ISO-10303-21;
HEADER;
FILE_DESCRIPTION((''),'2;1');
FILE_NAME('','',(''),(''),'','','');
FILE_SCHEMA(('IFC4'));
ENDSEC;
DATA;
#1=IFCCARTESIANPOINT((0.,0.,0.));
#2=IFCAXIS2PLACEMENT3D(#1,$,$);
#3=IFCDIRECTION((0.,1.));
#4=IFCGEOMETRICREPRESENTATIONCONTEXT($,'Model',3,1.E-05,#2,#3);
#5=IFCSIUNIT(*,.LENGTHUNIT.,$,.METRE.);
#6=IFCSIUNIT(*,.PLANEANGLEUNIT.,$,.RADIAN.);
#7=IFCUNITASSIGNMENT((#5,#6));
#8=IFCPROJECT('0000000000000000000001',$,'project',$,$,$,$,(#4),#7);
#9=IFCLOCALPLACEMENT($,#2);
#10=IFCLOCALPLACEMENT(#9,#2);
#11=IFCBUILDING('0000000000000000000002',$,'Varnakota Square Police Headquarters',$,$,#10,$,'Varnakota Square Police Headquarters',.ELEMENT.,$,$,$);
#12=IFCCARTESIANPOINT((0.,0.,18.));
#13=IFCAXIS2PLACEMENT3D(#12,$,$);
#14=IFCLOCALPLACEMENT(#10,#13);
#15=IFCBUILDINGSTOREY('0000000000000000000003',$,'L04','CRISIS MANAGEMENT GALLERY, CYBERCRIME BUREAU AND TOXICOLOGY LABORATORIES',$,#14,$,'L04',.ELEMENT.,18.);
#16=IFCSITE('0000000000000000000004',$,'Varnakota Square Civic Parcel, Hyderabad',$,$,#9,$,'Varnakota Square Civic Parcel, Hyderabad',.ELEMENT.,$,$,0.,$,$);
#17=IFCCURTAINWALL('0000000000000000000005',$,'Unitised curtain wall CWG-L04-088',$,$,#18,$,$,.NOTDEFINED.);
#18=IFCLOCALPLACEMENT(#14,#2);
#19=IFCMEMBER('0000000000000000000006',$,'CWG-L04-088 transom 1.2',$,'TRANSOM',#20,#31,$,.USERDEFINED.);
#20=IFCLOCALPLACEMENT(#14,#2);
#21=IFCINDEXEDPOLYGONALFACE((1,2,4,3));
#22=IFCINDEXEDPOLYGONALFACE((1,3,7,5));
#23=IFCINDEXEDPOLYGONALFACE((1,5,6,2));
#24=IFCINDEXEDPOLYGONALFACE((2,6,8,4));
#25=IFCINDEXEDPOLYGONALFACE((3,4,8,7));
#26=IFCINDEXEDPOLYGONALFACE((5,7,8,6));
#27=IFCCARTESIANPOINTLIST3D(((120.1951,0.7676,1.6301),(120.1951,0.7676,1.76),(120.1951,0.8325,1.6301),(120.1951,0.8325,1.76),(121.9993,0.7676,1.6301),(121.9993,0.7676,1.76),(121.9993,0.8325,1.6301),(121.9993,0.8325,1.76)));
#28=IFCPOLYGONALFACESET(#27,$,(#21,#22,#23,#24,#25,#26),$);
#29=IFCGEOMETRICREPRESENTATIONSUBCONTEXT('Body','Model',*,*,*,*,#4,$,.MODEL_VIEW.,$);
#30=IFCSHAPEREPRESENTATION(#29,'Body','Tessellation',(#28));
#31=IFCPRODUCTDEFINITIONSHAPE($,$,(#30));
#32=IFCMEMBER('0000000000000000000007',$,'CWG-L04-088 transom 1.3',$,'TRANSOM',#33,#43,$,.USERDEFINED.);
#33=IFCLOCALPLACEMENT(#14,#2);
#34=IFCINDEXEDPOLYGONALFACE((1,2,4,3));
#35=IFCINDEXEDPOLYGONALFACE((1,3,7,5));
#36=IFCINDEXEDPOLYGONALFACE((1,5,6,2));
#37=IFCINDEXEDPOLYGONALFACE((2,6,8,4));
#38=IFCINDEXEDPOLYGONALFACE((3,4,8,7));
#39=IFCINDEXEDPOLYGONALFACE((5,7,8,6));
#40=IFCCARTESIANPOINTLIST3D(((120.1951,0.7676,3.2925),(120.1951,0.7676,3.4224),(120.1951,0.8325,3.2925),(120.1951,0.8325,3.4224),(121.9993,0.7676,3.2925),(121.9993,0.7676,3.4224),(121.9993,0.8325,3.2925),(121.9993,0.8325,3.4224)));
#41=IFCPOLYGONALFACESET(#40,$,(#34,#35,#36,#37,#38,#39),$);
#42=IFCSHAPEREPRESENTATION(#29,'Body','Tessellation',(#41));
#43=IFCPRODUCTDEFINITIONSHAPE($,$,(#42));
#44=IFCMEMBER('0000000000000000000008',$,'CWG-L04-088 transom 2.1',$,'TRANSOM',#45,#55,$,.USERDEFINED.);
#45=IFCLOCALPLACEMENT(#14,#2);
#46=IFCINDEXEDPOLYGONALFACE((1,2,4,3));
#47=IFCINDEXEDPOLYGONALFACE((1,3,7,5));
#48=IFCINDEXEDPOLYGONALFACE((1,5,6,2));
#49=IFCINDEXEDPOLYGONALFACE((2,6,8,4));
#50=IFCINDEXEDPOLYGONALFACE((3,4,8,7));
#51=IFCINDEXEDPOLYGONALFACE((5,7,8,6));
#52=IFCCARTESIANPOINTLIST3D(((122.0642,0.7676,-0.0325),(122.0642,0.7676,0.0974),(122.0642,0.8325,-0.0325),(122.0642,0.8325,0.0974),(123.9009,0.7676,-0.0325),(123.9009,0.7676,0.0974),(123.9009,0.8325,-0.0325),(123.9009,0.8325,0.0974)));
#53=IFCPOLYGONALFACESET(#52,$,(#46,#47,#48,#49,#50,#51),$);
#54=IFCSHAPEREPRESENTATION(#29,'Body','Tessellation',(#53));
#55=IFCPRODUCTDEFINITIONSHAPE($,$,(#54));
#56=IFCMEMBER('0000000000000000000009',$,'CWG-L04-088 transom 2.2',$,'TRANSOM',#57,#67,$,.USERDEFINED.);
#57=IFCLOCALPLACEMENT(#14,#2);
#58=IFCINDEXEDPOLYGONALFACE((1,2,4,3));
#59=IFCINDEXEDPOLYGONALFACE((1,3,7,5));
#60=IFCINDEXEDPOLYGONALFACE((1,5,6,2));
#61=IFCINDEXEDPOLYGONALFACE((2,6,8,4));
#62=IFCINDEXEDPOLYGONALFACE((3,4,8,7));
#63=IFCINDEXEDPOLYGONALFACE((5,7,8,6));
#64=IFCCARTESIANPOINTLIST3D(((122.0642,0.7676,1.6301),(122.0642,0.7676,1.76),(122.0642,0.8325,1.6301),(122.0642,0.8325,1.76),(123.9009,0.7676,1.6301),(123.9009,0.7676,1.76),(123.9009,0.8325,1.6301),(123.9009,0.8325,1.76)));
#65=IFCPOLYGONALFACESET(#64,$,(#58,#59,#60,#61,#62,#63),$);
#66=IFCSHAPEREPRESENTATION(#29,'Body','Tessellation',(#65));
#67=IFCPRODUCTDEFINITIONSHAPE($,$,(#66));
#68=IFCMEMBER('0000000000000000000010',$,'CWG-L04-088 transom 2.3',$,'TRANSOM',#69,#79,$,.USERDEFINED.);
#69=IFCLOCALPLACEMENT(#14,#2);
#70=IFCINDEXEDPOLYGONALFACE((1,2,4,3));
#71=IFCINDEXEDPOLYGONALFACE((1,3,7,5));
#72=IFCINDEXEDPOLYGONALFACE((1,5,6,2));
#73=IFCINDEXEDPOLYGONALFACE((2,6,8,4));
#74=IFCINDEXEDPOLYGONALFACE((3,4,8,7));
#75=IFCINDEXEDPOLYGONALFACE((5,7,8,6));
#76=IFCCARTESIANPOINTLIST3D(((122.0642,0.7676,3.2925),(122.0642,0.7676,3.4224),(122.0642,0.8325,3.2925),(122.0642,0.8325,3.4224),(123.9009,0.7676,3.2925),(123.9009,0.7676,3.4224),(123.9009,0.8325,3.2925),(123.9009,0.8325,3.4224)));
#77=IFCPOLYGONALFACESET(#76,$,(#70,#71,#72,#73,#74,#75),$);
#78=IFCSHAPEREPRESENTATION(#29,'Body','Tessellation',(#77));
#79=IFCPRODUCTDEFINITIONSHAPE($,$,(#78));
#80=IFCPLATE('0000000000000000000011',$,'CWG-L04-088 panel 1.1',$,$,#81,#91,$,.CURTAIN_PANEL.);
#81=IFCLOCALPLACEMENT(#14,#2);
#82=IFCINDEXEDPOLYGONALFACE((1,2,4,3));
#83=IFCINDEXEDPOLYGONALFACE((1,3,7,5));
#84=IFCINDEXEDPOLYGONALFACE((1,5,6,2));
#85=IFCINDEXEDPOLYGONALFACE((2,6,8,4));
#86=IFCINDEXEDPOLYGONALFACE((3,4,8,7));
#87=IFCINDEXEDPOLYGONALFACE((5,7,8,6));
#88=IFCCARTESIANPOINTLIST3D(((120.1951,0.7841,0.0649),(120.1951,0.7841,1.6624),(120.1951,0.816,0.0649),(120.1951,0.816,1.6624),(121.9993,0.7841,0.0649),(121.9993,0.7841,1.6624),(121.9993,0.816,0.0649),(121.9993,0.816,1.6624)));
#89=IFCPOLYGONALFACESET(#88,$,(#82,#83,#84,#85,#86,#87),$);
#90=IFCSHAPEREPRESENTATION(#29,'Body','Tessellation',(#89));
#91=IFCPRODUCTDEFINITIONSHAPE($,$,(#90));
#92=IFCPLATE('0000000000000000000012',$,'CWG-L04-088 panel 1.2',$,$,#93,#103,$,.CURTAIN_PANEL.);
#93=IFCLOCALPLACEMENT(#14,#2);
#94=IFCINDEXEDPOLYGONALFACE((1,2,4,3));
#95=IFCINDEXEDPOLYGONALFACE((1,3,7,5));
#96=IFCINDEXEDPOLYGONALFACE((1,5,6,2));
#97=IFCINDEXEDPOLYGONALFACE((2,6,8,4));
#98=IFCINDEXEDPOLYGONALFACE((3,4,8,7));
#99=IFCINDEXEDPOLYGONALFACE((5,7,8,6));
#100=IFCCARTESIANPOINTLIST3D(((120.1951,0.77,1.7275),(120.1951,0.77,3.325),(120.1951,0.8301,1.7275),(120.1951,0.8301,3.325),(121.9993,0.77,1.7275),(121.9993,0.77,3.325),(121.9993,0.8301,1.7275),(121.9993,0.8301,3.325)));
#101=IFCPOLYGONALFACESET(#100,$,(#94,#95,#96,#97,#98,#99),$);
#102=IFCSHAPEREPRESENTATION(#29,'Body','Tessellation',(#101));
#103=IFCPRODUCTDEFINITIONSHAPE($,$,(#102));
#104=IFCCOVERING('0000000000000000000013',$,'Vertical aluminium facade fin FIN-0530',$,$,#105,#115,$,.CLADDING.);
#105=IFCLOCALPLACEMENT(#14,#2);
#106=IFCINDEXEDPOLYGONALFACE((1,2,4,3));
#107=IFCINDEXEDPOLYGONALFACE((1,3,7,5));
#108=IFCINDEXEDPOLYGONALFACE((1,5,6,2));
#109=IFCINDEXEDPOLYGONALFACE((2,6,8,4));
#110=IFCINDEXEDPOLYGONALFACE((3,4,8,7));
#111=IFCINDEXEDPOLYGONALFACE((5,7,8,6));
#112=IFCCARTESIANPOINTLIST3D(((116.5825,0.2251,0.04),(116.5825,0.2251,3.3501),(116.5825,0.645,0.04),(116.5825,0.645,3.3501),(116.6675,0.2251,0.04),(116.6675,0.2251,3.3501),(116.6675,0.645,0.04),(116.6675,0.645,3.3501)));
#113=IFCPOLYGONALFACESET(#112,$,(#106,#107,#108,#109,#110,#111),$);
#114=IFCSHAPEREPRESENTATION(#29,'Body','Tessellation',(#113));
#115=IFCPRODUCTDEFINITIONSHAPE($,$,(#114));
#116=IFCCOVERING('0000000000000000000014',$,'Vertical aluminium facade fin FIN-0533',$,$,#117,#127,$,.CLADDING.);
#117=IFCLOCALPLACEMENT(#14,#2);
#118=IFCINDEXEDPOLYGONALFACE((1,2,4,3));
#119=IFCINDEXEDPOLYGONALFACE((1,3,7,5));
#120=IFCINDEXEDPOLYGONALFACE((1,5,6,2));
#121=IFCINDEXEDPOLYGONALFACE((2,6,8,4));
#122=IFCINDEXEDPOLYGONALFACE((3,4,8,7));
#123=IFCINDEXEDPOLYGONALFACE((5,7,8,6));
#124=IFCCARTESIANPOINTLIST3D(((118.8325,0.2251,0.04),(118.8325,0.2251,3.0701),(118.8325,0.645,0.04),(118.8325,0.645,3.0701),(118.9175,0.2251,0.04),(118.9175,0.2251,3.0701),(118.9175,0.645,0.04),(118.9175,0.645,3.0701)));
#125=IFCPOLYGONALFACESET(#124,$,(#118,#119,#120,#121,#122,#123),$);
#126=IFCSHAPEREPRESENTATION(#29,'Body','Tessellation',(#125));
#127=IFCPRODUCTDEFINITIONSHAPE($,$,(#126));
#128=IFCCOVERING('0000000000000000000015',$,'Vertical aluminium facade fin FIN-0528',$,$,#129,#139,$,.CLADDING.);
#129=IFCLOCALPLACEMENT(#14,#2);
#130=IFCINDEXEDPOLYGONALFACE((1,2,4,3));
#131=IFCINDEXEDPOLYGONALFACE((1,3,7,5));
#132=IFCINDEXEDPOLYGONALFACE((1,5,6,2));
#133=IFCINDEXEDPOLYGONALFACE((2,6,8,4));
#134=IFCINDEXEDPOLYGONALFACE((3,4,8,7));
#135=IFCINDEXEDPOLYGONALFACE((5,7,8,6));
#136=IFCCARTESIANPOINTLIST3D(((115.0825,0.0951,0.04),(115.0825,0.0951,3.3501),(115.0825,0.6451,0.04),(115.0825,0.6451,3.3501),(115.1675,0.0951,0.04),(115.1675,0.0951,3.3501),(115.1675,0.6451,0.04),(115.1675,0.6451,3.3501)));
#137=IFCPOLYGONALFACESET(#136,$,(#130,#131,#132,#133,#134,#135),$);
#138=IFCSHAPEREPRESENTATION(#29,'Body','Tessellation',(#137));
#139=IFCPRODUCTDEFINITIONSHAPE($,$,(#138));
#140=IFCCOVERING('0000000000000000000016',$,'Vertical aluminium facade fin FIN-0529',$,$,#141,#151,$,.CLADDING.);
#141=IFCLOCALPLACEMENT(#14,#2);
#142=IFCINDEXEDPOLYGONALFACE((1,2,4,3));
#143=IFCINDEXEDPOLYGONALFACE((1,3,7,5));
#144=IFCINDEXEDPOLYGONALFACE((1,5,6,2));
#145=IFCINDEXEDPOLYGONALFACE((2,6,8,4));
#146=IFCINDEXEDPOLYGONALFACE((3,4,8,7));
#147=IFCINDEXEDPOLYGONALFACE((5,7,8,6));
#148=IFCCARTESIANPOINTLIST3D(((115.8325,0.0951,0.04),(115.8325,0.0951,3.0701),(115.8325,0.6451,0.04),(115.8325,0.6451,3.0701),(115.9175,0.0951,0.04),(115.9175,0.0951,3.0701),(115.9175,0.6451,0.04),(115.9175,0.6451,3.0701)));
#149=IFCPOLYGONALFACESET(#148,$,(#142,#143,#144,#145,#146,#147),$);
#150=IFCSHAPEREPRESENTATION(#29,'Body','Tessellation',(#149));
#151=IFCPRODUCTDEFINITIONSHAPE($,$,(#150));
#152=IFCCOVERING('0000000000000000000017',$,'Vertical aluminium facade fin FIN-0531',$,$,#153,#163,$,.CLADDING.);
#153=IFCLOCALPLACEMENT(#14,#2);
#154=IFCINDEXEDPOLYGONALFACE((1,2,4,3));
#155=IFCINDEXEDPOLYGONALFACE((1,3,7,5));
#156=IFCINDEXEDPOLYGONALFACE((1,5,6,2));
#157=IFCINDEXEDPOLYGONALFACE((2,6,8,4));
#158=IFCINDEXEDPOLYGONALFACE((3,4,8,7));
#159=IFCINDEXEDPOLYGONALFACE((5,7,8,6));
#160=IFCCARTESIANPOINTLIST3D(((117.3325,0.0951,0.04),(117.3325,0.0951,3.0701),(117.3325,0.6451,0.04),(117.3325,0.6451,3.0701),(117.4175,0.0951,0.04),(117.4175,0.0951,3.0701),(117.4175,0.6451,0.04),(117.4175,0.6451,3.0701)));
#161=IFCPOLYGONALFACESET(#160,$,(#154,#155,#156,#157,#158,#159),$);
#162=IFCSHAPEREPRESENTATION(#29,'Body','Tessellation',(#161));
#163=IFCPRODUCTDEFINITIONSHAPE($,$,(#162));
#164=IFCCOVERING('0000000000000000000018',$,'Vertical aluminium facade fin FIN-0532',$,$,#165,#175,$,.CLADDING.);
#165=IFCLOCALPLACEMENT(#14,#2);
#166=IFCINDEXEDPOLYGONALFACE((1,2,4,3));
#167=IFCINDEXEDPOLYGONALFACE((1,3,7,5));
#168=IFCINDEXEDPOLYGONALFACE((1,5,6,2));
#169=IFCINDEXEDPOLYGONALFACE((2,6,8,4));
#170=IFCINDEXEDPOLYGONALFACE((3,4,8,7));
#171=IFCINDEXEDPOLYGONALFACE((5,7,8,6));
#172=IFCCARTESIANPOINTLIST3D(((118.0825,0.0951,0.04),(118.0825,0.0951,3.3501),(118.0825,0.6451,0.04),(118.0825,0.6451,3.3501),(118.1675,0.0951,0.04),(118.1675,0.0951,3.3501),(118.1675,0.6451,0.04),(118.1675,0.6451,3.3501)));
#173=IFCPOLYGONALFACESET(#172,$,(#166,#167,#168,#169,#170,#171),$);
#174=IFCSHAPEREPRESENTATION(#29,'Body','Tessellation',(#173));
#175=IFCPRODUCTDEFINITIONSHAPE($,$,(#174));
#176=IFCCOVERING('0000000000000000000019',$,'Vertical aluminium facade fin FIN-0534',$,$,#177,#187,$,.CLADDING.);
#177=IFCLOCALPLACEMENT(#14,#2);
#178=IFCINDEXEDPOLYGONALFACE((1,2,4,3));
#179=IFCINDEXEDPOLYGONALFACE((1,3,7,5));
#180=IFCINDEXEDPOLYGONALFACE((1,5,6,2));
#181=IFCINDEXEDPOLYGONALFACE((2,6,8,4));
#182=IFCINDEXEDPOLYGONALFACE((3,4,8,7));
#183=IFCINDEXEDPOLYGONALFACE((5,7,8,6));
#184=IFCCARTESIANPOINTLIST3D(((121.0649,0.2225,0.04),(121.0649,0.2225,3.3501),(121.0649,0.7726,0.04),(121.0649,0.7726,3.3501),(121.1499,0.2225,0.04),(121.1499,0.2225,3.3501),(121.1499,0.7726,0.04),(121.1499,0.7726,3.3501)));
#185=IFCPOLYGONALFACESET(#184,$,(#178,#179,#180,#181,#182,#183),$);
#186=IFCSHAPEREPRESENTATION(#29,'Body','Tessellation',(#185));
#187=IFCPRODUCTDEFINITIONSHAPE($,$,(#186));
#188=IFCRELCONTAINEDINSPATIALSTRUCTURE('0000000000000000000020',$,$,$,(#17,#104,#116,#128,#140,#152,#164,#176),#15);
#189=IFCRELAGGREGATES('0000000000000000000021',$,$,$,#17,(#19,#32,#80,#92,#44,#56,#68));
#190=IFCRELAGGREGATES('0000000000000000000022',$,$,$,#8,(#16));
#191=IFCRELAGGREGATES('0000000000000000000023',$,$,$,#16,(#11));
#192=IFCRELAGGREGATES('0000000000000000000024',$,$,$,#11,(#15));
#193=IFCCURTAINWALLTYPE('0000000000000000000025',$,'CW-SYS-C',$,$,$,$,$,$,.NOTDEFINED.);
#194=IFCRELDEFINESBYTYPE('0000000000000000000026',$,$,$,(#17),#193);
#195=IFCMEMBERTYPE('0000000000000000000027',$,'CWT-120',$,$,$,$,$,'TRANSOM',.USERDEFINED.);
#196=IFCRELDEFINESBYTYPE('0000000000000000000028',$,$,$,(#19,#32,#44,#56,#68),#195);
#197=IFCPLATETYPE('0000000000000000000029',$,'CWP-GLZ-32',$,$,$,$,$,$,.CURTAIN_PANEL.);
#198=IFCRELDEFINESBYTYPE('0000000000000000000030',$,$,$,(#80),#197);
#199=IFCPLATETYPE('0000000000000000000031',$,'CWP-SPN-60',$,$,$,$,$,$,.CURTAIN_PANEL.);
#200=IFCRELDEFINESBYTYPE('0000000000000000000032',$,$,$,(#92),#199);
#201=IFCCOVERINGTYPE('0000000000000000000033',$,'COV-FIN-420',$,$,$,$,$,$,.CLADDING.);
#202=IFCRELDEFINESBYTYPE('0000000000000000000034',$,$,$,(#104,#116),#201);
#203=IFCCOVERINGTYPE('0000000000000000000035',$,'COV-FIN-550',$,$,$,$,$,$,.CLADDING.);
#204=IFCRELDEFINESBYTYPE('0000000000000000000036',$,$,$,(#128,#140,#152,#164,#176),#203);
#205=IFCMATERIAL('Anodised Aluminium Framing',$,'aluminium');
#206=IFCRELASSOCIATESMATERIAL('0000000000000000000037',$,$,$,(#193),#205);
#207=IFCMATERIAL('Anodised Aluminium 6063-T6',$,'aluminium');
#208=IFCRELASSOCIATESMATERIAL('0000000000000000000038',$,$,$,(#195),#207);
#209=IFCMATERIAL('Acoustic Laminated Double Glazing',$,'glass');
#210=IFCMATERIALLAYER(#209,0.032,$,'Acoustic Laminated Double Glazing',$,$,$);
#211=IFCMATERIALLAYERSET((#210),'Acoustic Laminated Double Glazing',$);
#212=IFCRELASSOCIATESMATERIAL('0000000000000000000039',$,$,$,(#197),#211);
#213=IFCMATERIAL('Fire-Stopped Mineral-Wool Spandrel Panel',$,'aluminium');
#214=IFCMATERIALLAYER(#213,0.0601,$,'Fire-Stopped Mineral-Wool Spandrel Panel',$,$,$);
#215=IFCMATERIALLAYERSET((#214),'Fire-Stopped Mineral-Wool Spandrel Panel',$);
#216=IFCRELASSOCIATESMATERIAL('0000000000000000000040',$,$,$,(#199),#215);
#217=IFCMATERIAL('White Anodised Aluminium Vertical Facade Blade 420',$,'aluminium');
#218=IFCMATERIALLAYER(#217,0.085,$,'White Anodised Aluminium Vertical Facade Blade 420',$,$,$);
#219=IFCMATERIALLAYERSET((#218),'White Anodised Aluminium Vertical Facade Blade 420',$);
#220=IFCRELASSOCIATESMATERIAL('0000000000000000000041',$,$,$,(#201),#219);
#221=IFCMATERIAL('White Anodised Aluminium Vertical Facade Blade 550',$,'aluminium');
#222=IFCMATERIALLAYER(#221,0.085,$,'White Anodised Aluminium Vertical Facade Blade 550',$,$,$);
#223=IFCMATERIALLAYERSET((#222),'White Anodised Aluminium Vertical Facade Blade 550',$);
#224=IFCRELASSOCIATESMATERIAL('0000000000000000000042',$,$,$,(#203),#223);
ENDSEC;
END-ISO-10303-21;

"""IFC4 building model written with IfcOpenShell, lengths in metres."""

from ifc_helpers import new_model, si_unit, direction, frame, origin, origin_2d, place, context, subcontext, project, spatial, rectangle, extrude, material, layer, layer_set, material_profile, profile_set, type_object, element, aggregate, save


model = new_model("IFC4")

# Units and contexts
model_context = context("Model", 3, precision=1e-05, world=origin(), true_north=direction((0.0, 1.0)))
body_context = subcontext(model_context, "Body", "Model", "MODEL_VIEW")
ifc_project = project(units=[si_unit("LENGTHUNIT", "METRE"), si_unit("PLANEANGLEUNIT", "RADIAN")], contexts=[model_context])

# Site, building, storey
site_placement = place(None, origin())
site = spatial("IfcSite", under=ifc_project, at=site_placement, Name="Varnakota Square Civic Parcel, Hyderabad", LongName="Varnakota Square Civic Parcel, Hyderabad", CompositionType="ELEMENT", RefElevation=0.0)
building_placement = place(site_placement, origin())
building = spatial("IfcBuilding", under=site, at=building_placement, Name="Varnakota Square Police Headquarters", LongName="Varnakota Square Police Headquarters", CompositionType="ELEMENT")
storey_placement = place(building_placement, frame((0.0, 0.0, 18.0)))
storey = spatial("IfcBuildingStorey", under=building, at=storey_placement, Name="L04", Description="CRISIS MANAGEMENT GALLERY, CYBERCRIME BUREAU AND TOXICOLOGY LABORATORIES", LongName="L04", CompositionType="ELEMENT", Elevation=18.0)

# Curtain wall, members, plates
ifc_material_1 = material(Name="Anodised Aluminium Framing", Category="aluminium")
curtain_wall_type = type_object("IfcCurtainWallType", Name="CW-SYS-C", PredefinedType="NOTDEFINED", material=ifc_material_1)
curtain_wall_placement = place(storey_placement, origin())
curtain_wall = element("IfcCurtainWall", 1, at=curtain_wall_placement, inside=storey, type_object=curtain_wall_type, Name="Unitised curtain wall CWG-L04-088", PredefinedType="NOTDEFINED")
ifc_material_2 = material(Name="Anodised Aluminium 6063-T6", Category="aluminium")
ifc_material_profile_1 = material_profile(ifc_material_2, rectangle(XDim=0.0649, YDim=0.1299, at=origin_2d()), Name="ALU TRANSOM 65x130")
ifc_profile_set_1 = profile_set([ifc_material_profile_1], Name="Anodised Aluminium 6063-T6")
member_type_1 = type_object("IfcMemberType", Name="CWT-120", ElementType="TRANSOM", PredefinedType="USERDEFINED", material=ifc_profile_set_1)
member_1_placement = place(storey_placement, frame((120.1951, 0.8, 1.6951), z_axis=(1.0, 0.0, 0.0), x_axis=(0.0, 1.0, 0.0)))
member_1 = element("IfcMember", 2, at=member_1_placement, type_object=member_type_1, Name="CWG-L04-088 transom 1.2", ObjectType="TRANSOM", PredefinedType="USERDEFINED", context=body_context, shape_type="SweptSolid", body=[
    extrude(rectangle(XDim=0.0649, YDim=0.1299, at=origin_2d()), origin(), (0.0, 0.0, 1.0), 1.8042),
])
member_2_placement = place(storey_placement, frame((120.1951, 0.8, 3.3574), z_axis=(1.0, 0.0, 0.0), x_axis=(0.0, 1.0, 0.0)))
member_2 = element("IfcMember", 3, at=member_2_placement, type_object=member_type_1, Name="CWG-L04-088 transom 1.3", ObjectType="TRANSOM", PredefinedType="USERDEFINED", context=body_context, shape_type="SweptSolid", body=[
    extrude(rectangle(XDim=0.0649, YDim=0.1299, at=origin_2d()), origin(), (0.0, 0.0, 1.0), 1.8042),
])
member_3_placement = place(storey_placement, frame((122.0642, 0.8, 0.0325), z_axis=(1.0, 0.0, 0.0), x_axis=(0.0, 1.0, 0.0)))
member_3 = element("IfcMember", 4, at=member_3_placement, type_object=member_type_1, Name="CWG-L04-088 transom 2.1", ObjectType="TRANSOM", PredefinedType="USERDEFINED", context=body_context, shape_type="SweptSolid", body=[
    extrude(rectangle(XDim=0.0649, YDim=0.1299, at=origin_2d()), origin(), (0.0, 0.0, 1.0), 1.8367),
])
member_4_placement = place(storey_placement, frame((122.0642, 0.8, 1.6951), z_axis=(1.0, 0.0, 0.0), x_axis=(0.0, 1.0, 0.0)))
member_4 = element("IfcMember", 5, at=member_4_placement, type_object=member_type_1, Name="CWG-L04-088 transom 2.2", ObjectType="TRANSOM", PredefinedType="USERDEFINED", context=body_context, shape_type="SweptSolid", body=[
    extrude(rectangle(XDim=0.0649, YDim=0.1299, at=origin_2d()), origin(), (0.0, 0.0, 1.0), 1.8367),
])
member_5_placement = place(storey_placement, frame((122.0642, 0.8, 3.3574), z_axis=(1.0, 0.0, 0.0), x_axis=(0.0, 1.0, 0.0)))
member_5 = element("IfcMember", 6, at=member_5_placement, type_object=member_type_1, Name="CWG-L04-088 transom 2.3", ObjectType="TRANSOM", PredefinedType="USERDEFINED", context=body_context, shape_type="SweptSolid", body=[
    extrude(rectangle(XDim=0.0649, YDim=0.1299, at=origin_2d()), origin(), (0.0, 0.0, 1.0), 1.8367),
])
ifc_material_3 = material(Name="Acoustic Laminated Double Glazing", Category="glass")
ifc_layer_1 = layer(ifc_material_3, 0.032, Name="Acoustic Laminated Double Glazing")
ifc_layer_set_1 = layer_set([ifc_layer_1], Name="Acoustic Laminated Double Glazing")
plate_type_1 = type_object("IfcPlateType", Name="CWP-GLZ-32", PredefinedType="CURTAIN_PANEL", material=ifc_layer_set_1)
plate_1_placement = place(storey_placement, frame((121.0972, 0.8, 0.0649), z_axis=(0.0, 0.0, 1.0), x_axis=(1.0, 0.0, 0.0)))
plate_1 = element("IfcPlate", 7, at=plate_1_placement, type_object=plate_type_1, Name="CWG-L04-088 panel 1.1", PredefinedType="CURTAIN_PANEL", context=body_context, shape_type="SweptSolid", body=[
    extrude(rectangle(XDim=1.8042, YDim=0.032, at=origin_2d()), origin(), (0.0, 0.0, 1.0), 1.5974),
])
ifc_material_4 = material(Name="Fire-Stopped Mineral-Wool Spandrel Panel", Category="aluminium")
ifc_layer_2 = layer(ifc_material_4, 0.0601, Name="Fire-Stopped Mineral-Wool Spandrel Panel")
ifc_layer_set_2 = layer_set([ifc_layer_2], Name="Fire-Stopped Mineral-Wool Spandrel Panel")
plate_type_2 = type_object("IfcPlateType", Name="CWP-SPN-60", PredefinedType="CURTAIN_PANEL", material=ifc_layer_set_2)
plate_2_placement = place(storey_placement, frame((121.0972, 0.8, 1.7275), z_axis=(0.0, 0.0, 1.0), x_axis=(1.0, 0.0, 0.0)))
plate_2 = element("IfcPlate", 8, at=plate_2_placement, type_object=plate_type_2, Name="CWG-L04-088 panel 1.2", PredefinedType="CURTAIN_PANEL", context=body_context, shape_type="SweptSolid", body=[
    extrude(rectangle(XDim=1.8042, YDim=0.0601, at=origin_2d()), origin(), (0.0, 0.0, 1.0), 1.5974),
])
aggregate(curtain_wall, [member_1, member_2, plate_1, plate_2, member_3, member_4, member_5])

# Coverings
ifc_material_5 = material(Name="White Anodised Aluminium Vertical Facade Blade 420", Category="aluminium")
ifc_layer_3 = layer(ifc_material_5, 0.085, Name="White Anodised Aluminium Vertical Facade Blade 420")
ifc_layer_set_3 = layer_set([ifc_layer_3], Name="White Anodised Aluminium Vertical Facade Blade 420")
covering_type_1 = type_object("IfcCoveringType", Name="COV-FIN-420", PredefinedType="CLADDING", material=ifc_layer_set_3)
covering_1_placement = place(storey_placement, frame((116.625, 0.4351, 0.04), z_axis=(0.0, 0.0, 1.0), x_axis=(1.0, 0.0, 0.0)))
element("IfcCovering", 9, at=covering_1_placement, inside=storey, type_object=covering_type_1, Name="Vertical aluminium facade fin FIN-0530", PredefinedType="CLADDING", context=body_context, shape_type="SweptSolid", body=[
    extrude(rectangle(XDim=0.085, YDim=0.4199, at=origin_2d()), origin(), (0.0, 0.0, 1.0), 3.3101),
])
covering_2_placement = place(storey_placement, frame((118.875, 0.4351, 0.04), z_axis=(0.0, 0.0, 1.0), x_axis=(1.0, 0.0, 0.0)))
element("IfcCovering", 10, at=covering_2_placement, inside=storey, type_object=covering_type_1, Name="Vertical aluminium facade fin FIN-0533", PredefinedType="CLADDING", context=body_context, shape_type="SweptSolid", body=[
    extrude(rectangle(XDim=0.085, YDim=0.4199, at=origin_2d()), origin(), (0.0, 0.0, 1.0), 3.03),
])
ifc_material_6 = material(Name="White Anodised Aluminium Vertical Facade Blade 550", Category="aluminium")
ifc_layer_4 = layer(ifc_material_6, 0.085, Name="White Anodised Aluminium Vertical Facade Blade 550")
ifc_layer_set_4 = layer_set([ifc_layer_4], Name="White Anodised Aluminium Vertical Facade Blade 550")
covering_type_2 = type_object("IfcCoveringType", Name="COV-FIN-550", PredefinedType="CLADDING", material=ifc_layer_set_4)
covering_3_placement = place(storey_placement, frame((115.125, 0.3701, 0.04), z_axis=(0.0, 0.0, 1.0), x_axis=(1.0, 0.0, 0.0)))
element("IfcCovering", 11, at=covering_3_placement, inside=storey, type_object=covering_type_2, Name="Vertical aluminium facade fin FIN-0528", PredefinedType="CLADDING", context=body_context, shape_type="SweptSolid", body=[
    extrude(rectangle(XDim=0.085, YDim=0.55, at=origin_2d()), origin(), (0.0, 0.0, 1.0), 3.3101),
])
for number, where, z_axis, x_axis, name in (
    (12, (115.875, 0.3701, 0.04), (0.0, 0.0, 1.0), (1.0, 0.0, 0.0), "Vertical aluminium facade fin FIN-0529"),
    (13, (117.375, 0.3701, 0.04), (0.0, 0.0, 1.0), (1.0, 0.0, 0.0), "Vertical aluminium facade fin FIN-0531"),
):
    element("IfcCovering", number, at=place(storey_placement, frame(where, z_axis=z_axis, x_axis=x_axis)), inside=storey, type_object=covering_type_2, Name=name, PredefinedType="CLADDING", context=body_context, shape_type="SweptSolid", body=[
        extrude(rectangle(XDim=0.085, YDim=0.55, at=origin_2d()), origin(), (0.0, 0.0, 1.0), 3.03),
    ])
for number, where, z_axis, x_axis, name in (
    (14, (118.125, 0.3701, 0.04), (0.0, 0.0, 1.0), (1.0, 0.0, 0.0), "Vertical aluminium facade fin FIN-0532"),
    (15, (121.1074, 0.4976, 0.04), (0.0, 0.0, 1.0), (1.0, 0.0, 0.0), "Vertical aluminium facade fin FIN-0534"),
):
    element("IfcCovering", number, at=place(storey_placement, frame(where, z_axis=z_axis, x_axis=x_axis)), inside=storey, type_object=covering_type_2, Name=name, PredefinedType="CLADDING", context=body_context, shape_type="SweptSolid", body=[
        extrude(rectangle(XDim=0.085, YDim=0.55, at=origin_2d()), origin(), (0.0, 0.0, 1.0), 3.3101),
    ])

save(model, "model.ifc")
